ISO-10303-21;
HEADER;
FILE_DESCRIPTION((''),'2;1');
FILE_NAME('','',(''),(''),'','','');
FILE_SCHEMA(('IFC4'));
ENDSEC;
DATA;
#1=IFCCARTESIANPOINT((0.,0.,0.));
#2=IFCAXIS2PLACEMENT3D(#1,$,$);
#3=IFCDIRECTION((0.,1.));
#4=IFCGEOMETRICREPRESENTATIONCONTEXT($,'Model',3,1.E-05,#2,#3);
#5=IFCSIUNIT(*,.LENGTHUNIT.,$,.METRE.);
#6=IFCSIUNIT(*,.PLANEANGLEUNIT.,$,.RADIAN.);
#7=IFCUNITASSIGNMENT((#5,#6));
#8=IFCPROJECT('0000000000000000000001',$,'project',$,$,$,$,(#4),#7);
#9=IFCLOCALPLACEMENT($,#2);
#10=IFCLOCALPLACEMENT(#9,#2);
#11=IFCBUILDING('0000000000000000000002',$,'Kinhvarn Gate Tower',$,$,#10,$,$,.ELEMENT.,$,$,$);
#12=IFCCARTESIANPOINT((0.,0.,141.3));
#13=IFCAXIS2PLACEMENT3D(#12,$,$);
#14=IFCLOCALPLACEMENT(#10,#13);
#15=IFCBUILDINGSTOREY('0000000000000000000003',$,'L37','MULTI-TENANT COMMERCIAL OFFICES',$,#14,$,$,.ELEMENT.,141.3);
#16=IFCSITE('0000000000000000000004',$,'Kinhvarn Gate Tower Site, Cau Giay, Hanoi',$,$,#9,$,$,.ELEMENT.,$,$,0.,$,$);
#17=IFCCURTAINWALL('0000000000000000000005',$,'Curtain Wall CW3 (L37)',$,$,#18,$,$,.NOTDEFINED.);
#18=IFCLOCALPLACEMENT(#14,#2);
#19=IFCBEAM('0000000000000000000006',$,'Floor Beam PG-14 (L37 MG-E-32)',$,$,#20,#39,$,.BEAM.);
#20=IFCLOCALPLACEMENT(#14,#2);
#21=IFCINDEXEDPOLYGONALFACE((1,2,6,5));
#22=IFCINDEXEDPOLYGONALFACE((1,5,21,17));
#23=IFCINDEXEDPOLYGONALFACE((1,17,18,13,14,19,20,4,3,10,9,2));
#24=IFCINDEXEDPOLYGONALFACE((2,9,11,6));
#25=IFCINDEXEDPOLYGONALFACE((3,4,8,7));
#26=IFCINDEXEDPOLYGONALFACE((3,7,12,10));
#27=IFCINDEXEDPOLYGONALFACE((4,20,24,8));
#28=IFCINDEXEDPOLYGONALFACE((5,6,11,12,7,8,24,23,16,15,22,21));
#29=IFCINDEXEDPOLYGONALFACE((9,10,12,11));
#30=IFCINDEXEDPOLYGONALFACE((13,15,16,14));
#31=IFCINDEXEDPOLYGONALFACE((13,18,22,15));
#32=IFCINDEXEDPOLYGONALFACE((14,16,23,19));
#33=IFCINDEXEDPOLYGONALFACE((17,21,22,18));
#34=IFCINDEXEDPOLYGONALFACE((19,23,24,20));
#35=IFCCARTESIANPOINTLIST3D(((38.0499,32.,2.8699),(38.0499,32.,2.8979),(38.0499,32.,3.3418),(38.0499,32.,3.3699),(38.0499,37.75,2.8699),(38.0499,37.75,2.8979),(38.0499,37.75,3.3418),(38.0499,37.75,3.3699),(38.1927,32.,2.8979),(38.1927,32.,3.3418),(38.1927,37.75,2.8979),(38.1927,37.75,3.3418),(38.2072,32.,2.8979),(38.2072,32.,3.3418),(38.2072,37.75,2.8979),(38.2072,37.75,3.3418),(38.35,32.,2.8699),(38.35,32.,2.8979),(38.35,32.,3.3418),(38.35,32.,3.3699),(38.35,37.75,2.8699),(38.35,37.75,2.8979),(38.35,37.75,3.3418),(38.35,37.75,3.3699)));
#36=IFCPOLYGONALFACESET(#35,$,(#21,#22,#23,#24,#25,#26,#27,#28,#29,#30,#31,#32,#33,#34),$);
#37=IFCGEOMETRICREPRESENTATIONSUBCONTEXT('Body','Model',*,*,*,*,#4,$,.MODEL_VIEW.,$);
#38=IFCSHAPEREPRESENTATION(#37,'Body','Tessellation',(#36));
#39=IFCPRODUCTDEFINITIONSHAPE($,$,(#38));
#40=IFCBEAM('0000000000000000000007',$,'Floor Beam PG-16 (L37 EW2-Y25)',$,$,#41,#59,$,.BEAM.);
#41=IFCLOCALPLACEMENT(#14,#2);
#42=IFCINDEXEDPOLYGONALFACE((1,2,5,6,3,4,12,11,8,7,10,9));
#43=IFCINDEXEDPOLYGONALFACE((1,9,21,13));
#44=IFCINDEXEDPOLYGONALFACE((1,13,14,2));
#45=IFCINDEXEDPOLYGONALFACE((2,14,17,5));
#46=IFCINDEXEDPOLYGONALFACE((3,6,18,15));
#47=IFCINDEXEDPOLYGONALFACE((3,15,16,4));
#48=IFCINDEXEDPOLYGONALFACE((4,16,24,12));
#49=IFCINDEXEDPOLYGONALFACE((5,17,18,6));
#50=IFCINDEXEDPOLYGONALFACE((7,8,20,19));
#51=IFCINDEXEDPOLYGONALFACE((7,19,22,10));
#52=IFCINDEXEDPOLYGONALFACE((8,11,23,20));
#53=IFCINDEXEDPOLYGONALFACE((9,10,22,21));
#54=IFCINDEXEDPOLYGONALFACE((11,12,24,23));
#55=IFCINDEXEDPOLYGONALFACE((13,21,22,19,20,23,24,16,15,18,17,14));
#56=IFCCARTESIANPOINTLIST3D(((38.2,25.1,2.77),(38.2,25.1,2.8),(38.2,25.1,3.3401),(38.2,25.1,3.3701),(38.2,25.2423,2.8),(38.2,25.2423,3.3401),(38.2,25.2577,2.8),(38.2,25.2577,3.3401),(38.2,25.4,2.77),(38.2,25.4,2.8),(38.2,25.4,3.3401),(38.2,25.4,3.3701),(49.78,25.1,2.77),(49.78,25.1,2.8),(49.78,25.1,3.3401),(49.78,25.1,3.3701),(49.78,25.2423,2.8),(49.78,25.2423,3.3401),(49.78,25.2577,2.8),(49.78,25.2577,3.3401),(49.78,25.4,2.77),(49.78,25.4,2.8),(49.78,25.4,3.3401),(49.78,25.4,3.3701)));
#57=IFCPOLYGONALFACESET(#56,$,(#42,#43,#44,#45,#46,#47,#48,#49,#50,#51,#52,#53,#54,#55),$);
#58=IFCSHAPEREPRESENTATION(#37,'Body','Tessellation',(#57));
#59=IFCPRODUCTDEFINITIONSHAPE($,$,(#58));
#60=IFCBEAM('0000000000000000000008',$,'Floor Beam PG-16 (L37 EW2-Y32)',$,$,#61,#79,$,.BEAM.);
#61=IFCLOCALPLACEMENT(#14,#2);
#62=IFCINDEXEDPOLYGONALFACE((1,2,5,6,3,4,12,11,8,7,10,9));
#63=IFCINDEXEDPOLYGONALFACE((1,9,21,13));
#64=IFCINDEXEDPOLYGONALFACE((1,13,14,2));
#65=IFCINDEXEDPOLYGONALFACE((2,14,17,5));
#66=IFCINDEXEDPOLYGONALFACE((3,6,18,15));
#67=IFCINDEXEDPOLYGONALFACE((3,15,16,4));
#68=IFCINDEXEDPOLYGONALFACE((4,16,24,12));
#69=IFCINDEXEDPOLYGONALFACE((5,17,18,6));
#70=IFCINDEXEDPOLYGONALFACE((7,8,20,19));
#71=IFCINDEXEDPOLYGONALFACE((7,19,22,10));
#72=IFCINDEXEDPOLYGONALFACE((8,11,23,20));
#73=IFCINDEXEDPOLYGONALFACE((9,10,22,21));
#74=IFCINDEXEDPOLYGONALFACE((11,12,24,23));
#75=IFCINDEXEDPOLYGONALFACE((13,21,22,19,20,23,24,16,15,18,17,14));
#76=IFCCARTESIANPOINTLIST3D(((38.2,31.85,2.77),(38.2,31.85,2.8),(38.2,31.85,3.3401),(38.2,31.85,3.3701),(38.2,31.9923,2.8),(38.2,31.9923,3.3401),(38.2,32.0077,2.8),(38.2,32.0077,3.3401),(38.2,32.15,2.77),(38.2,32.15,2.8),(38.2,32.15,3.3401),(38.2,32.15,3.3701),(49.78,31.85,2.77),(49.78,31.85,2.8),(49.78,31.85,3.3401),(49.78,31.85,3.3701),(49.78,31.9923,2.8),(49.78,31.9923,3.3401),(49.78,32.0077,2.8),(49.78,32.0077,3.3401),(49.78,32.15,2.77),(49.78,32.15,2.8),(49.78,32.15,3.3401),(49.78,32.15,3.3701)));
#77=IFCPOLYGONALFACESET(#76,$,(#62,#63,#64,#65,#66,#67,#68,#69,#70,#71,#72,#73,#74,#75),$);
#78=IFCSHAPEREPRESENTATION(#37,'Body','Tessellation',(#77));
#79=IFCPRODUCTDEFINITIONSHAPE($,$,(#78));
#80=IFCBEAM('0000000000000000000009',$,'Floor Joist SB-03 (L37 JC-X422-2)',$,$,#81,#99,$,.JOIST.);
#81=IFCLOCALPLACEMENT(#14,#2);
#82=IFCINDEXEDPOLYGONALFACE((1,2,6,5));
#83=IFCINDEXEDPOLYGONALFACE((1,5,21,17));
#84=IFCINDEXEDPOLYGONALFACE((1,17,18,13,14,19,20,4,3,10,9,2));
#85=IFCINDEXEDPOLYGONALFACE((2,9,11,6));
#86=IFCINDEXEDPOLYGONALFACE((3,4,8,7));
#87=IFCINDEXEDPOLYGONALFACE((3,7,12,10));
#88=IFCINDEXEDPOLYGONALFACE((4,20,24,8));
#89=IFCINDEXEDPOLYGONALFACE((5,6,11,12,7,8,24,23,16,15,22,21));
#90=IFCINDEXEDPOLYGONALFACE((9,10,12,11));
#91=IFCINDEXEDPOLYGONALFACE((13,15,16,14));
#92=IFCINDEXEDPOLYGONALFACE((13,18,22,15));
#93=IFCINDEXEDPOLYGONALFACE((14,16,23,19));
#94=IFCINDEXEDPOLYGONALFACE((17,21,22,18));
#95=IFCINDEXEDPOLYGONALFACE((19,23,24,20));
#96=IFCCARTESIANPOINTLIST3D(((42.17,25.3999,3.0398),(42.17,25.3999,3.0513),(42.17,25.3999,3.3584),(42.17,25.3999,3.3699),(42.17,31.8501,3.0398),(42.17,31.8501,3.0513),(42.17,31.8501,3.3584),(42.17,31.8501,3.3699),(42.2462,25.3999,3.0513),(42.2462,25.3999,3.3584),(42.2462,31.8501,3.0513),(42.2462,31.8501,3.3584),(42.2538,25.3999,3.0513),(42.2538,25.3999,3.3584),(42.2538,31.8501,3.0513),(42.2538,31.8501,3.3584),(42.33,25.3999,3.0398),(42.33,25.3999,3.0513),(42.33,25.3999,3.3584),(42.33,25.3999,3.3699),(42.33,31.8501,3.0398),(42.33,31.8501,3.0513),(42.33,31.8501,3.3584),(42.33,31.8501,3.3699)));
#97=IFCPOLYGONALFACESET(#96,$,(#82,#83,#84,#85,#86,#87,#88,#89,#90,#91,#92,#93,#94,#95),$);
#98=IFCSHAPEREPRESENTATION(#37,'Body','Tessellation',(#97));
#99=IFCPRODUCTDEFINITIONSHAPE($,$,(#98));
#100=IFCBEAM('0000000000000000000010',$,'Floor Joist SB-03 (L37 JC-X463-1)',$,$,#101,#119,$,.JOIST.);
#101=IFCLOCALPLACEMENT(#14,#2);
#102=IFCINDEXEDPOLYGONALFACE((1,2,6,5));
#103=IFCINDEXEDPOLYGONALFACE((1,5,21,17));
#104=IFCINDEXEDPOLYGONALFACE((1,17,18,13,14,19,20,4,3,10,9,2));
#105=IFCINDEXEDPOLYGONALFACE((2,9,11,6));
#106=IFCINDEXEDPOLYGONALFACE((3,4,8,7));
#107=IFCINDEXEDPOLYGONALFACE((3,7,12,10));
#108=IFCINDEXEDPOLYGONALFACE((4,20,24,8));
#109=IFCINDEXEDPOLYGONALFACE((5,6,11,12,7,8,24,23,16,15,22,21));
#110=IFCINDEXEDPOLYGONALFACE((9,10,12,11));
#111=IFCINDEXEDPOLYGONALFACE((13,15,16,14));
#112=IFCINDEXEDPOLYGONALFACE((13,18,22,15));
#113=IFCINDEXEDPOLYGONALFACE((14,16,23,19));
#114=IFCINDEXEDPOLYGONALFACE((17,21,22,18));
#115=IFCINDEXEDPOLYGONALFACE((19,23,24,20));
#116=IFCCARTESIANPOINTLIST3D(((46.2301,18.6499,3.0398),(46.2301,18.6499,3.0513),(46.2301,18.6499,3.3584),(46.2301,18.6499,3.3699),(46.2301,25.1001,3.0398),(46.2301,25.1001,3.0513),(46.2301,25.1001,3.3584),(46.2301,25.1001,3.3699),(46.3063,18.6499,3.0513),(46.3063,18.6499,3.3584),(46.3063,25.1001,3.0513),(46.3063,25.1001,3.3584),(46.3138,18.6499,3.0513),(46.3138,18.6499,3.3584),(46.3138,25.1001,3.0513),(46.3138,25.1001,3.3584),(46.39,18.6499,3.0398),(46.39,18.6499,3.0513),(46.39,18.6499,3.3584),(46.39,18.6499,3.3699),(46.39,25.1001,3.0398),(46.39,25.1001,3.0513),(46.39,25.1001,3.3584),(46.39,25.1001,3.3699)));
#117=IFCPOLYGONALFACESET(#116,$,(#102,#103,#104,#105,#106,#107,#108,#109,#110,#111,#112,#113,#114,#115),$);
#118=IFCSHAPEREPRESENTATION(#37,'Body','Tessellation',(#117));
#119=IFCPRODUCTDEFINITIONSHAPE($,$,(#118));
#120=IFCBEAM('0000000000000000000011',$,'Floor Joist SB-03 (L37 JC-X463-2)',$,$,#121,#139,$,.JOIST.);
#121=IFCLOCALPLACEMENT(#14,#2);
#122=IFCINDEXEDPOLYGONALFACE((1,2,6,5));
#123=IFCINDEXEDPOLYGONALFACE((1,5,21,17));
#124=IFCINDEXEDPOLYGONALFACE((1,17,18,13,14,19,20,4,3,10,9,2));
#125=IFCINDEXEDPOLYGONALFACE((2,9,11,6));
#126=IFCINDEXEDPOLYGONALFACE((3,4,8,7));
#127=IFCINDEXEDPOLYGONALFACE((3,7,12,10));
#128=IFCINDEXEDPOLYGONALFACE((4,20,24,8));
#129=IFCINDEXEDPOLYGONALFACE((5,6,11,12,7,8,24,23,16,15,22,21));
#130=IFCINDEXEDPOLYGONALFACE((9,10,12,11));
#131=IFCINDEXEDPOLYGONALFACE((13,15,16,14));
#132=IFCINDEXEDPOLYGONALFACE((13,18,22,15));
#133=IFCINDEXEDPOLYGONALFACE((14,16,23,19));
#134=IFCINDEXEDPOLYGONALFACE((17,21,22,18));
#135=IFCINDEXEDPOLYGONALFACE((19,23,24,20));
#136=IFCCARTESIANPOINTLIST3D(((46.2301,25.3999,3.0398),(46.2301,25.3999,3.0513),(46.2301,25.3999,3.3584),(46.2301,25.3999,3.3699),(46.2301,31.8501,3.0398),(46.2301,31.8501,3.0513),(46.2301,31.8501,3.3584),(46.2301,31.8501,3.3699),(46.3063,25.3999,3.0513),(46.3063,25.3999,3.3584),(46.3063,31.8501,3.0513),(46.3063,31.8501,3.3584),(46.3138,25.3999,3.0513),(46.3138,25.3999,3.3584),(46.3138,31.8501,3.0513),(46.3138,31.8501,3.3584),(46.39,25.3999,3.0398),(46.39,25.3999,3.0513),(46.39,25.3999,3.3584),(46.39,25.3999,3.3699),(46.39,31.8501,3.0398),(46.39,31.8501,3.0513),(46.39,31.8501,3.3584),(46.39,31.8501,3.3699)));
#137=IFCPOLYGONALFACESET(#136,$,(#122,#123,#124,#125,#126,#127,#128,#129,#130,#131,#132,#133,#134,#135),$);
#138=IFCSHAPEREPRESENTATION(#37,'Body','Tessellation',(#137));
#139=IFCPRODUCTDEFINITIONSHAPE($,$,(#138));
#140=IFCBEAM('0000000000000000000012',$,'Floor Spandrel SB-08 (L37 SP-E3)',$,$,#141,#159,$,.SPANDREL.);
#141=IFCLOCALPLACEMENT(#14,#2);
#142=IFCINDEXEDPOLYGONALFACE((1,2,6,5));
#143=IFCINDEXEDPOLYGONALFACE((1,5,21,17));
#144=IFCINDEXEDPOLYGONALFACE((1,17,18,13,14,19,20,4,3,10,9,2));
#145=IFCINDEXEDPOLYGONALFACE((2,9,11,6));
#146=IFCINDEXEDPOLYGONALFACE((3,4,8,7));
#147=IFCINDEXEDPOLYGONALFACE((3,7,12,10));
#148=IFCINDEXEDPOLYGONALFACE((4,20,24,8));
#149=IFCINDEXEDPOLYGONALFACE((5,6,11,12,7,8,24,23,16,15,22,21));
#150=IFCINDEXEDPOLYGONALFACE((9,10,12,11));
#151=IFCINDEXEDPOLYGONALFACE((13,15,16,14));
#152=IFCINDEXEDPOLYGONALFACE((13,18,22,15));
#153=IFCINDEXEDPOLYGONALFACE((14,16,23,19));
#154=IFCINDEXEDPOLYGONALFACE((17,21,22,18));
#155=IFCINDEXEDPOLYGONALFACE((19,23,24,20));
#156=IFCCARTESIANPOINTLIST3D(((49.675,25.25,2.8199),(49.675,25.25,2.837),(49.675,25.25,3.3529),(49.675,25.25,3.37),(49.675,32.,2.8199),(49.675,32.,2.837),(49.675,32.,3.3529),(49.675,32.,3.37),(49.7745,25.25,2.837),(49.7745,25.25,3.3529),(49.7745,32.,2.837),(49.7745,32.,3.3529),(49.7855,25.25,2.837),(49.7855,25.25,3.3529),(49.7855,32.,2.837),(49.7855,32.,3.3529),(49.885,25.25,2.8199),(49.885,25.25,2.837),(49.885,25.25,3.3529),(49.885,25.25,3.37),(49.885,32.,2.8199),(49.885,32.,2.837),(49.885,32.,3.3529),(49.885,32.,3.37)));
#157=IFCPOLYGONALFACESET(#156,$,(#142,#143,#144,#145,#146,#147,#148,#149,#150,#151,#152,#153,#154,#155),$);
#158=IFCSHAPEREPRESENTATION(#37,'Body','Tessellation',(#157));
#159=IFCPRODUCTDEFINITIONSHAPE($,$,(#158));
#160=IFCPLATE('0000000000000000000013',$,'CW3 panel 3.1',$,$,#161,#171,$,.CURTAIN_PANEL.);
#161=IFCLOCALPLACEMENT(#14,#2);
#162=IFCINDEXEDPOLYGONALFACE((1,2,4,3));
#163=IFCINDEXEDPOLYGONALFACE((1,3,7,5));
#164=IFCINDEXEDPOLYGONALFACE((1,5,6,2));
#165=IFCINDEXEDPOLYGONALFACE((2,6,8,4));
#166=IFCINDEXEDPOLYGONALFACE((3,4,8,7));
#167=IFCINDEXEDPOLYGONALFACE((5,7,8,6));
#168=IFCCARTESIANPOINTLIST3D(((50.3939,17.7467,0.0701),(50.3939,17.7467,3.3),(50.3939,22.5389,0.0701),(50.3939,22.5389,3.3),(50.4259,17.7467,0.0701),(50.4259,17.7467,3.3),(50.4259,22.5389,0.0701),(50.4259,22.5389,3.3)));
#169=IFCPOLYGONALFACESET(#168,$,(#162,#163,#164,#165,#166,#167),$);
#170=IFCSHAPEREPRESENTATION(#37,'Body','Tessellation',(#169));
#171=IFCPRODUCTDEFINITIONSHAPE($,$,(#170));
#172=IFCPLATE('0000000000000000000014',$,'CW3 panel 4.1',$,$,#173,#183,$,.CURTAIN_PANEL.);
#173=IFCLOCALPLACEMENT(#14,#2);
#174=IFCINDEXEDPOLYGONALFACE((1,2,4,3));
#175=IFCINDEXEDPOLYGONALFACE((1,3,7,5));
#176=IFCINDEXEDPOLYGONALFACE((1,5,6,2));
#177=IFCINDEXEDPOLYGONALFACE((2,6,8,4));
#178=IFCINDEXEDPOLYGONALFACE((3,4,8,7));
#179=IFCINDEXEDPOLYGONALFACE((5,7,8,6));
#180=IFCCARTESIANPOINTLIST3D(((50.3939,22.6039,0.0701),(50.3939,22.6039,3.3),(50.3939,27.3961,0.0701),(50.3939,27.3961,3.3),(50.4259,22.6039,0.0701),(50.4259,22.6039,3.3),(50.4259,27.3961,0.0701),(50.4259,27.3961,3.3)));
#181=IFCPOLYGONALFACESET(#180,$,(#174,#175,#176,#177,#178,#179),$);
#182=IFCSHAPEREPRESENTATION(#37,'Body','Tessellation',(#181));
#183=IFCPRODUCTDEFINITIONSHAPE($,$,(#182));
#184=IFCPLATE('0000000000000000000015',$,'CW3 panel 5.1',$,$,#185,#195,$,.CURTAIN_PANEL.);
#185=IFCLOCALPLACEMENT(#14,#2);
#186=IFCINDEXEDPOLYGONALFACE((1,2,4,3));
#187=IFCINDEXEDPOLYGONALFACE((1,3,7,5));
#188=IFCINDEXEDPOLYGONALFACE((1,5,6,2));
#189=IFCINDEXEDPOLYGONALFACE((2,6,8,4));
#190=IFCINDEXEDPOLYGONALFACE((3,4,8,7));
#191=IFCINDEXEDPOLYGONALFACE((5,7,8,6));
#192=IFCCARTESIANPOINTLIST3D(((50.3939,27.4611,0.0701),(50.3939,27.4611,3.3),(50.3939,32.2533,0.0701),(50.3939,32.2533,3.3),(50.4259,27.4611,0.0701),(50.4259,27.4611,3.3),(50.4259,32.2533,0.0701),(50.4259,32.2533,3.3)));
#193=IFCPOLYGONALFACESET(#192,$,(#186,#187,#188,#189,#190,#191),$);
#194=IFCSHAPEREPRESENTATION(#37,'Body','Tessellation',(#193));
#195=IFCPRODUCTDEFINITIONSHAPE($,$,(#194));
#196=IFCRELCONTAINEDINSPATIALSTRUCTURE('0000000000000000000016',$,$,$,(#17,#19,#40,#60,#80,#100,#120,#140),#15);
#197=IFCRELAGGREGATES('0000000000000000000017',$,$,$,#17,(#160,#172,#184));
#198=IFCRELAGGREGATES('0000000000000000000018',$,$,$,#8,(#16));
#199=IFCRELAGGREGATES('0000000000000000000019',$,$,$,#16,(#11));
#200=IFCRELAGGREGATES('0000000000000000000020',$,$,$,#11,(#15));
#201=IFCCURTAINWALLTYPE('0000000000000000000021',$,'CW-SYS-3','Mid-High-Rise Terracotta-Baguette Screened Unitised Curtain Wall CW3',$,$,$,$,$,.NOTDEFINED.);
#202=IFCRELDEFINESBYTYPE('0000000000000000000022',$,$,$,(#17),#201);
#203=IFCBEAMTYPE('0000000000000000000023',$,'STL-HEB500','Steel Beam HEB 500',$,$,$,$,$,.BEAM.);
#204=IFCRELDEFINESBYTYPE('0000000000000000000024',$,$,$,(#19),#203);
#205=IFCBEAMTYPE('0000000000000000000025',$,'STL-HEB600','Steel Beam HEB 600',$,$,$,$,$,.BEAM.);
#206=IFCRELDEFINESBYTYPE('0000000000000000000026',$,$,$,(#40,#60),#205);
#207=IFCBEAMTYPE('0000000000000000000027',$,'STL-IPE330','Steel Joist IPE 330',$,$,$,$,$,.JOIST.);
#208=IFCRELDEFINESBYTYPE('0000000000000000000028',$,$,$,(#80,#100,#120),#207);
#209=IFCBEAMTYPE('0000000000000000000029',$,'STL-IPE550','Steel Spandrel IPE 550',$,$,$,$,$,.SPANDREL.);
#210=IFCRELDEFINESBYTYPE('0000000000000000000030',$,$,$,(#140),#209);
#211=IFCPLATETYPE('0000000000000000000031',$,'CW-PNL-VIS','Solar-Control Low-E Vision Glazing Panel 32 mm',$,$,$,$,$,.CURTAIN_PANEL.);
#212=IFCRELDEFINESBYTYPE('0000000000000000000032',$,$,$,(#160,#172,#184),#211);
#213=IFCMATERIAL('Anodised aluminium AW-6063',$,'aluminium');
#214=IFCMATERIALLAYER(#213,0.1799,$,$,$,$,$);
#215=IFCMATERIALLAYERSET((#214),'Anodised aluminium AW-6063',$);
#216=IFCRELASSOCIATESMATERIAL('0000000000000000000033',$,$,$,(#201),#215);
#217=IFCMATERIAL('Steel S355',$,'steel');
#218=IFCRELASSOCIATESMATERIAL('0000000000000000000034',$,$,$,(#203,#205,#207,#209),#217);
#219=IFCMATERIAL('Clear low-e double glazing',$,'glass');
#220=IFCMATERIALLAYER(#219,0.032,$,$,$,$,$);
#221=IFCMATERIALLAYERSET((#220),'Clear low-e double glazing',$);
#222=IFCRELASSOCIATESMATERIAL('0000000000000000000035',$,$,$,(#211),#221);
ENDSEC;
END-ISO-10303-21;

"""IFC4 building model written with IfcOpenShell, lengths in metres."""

from ifc_helpers import new_model, si_unit, direction, frame, origin, origin_2d, place, context, subcontext, project, spatial, rectangle, i_section, extrude, material, layer, layer_set, material_profile, profile_set, type_object, element, aggregate, save


model = new_model("IFC4")

# Units and contexts
model_context = context("Model", 3, precision=1e-05, world=origin(), true_north=direction((0.0, 1.0)))
body_context = subcontext(model_context, "Body", "Model", "MODEL_VIEW")
ifc_project = project(units=[si_unit("LENGTHUNIT", "METRE"), si_unit("PLANEANGLEUNIT", "RADIAN")], contexts=[model_context])

# Site, building, storey
site_placement = place(None, origin())
site = spatial("IfcSite", under=ifc_project, at=site_placement, Name="Kinhvarn Gate Tower Site, Cau Giay, Hanoi", CompositionType="ELEMENT", RefElevation=0.0)
building_placement = place(site_placement, origin())
building = spatial("IfcBuilding", under=site, at=building_placement, Name="Kinhvarn Gate Tower", CompositionType="ELEMENT")
storey_placement = place(building_placement, frame((0.0, 0.0, 141.3)))
storey = spatial("IfcBuildingStorey", under=building, at=storey_placement, Name="L37", Description="MULTI-TENANT COMMERCIAL OFFICES", CompositionType="ELEMENT", Elevation=141.3)

# Curtain wall
ifc_material_1 = material(Name="Anodised aluminium AW-6063", Category="aluminium")
ifc_layer_1 = layer(ifc_material_1, 0.1799)
ifc_layer_set_1 = layer_set([ifc_layer_1], Name="Anodised aluminium AW-6063")
curtain_wall_type = type_object("IfcCurtainWallType", Name="CW-SYS-3", Description="Mid-High-Rise Terracotta-Baguette Screened Unitised Curtain Wall CW3", PredefinedType="NOTDEFINED", material=ifc_layer_set_1)
curtain_wall_placement = place(storey_placement, origin())
curtain_wall = element("IfcCurtainWall", 1, at=curtain_wall_placement, inside=storey, type_object=curtain_wall_type, Name="Curtain Wall CW3 (L37)", PredefinedType="NOTDEFINED")

# Beams
ifc_material_2 = material(Name="Steel S355", Category="steel")
ifc_material_profile_1 = material_profile(ifc_material_2, i_section(OverallWidth=0.3, OverallDepth=0.5, WebThickness=0.0144, FlangeThickness=0.0281, at=origin_2d()), Name="HEB 500")
ifc_profile_set_1 = profile_set([ifc_material_profile_1], Name="Steel S355")
beam_type_1 = type_object("IfcBeamType", Name="STL-HEB500", Description="Steel Beam HEB 500", PredefinedType="BEAM", material=ifc_profile_set_1)
beam_1_placement = place(storey_placement, frame((38.2, 32.0, 3.1199), z_axis=(0.0, 1.0, 0.0), x_axis=(-1.0, 0.0, 0.0)))
element("IfcBeam", 2, at=beam_1_placement, inside=storey, type_object=beam_type_1, Name="Floor Beam PG-14 (L37 MG-E-32)", PredefinedType="BEAM", context=body_context, shape_type="SweptSolid", body=[
    extrude(i_section(OverallWidth=0.3, OverallDepth=0.5, WebThickness=0.0144, FlangeThickness=0.0281, at=origin_2d()), origin(), (0.0, 0.0, 1.0), 5.75),
])
ifc_material_profile_2 = material_profile(ifc_material_2, i_section(OverallWidth=0.3, OverallDepth=0.6001, WebThickness=0.0154, FlangeThickness=0.03, at=origin_2d()), Name="HEB 600")
ifc_profile_set_2 = profile_set([ifc_material_profile_2], Name="Steel S355")
beam_type_2 = type_object("IfcBeamType", Name="STL-HEB600", Description="Steel Beam HEB 600", PredefinedType="BEAM", material=ifc_profile_set_2)
for number, where, z_axis, x_axis, name in (
    (3, (38.2, 25.25, 3.0701), (1.0, 0.0, 0.0), (0.0, 1.0, 0.0), "Floor Beam PG-16 (L37 EW2-Y25)"),
    (4, (38.2, 32.0, 3.0701), (1.0, 0.0, 0.0), (0.0, 1.0, 0.0), "Floor Beam PG-16 (L37 EW2-Y32)"),
):
    element("IfcBeam", number, at=place(storey_placement, frame(where, z_axis=z_axis, x_axis=x_axis)), inside=storey, type_object=beam_type_2, Name=name, PredefinedType="BEAM", context=body_context, shape_type="SweptSolid", body=[
        extrude(i_section(OverallWidth=0.3, OverallDepth=0.6001, WebThickness=0.0154, FlangeThickness=0.03, at=origin_2d()), origin(), (0.0, 0.0, 1.0), 11.5801),
    ])
ifc_material_profile_3 = material_profile(ifc_material_2, i_section(OverallWidth=0.1599, OverallDepth=0.3301, WebThickness=0.0076, FlangeThickness=0.0115, at=origin_2d()), Name="IPE 330")
ifc_profile_set_3 = profile_set([ifc_material_profile_3], Name="Steel S355")
beam_type_3 = type_object("IfcBeamType", Name="STL-IPE330", Description="Steel Joist IPE 330", PredefinedType="JOIST", material=ifc_profile_set_3)
for number, where, z_axis, x_axis, name in (
    (5, (42.25, 25.3999, 3.2048), (0.0, 1.0, 0.0), (-1.0, 0.0, 0.0), "Floor Joist SB-03 (L37 JC-X422-2)"),
    (6, (46.3101, 18.6499, 3.2048), (0.0, 1.0, 0.0), (-1.0, 0.0, 0.0), "Floor Joist SB-03 (L37 JC-X463-1)"),
    (7, (46.3101, 25.3999, 3.2048), (0.0, 1.0, 0.0), (-1.0, 0.0, 0.0), "Floor Joist SB-03 (L37 JC-X463-2)"),
):
    element("IfcBeam", number, at=place(storey_placement, frame(where, z_axis=z_axis, x_axis=x_axis)), inside=storey, type_object=beam_type_3, Name=name, PredefinedType="JOIST", context=body_context, shape_type="SweptSolid", body=[
        extrude(i_section(OverallWidth=0.1599, OverallDepth=0.3301, WebThickness=0.0076, FlangeThickness=0.0115, at=origin_2d()), origin(), (0.0, 0.0, 1.0), 6.4502),
    ])
ifc_material_profile_4 = material_profile(ifc_material_2, i_section(OverallWidth=0.21, OverallDepth=0.55, WebThickness=0.011, FlangeThickness=0.0171, at=origin_2d()), Name="IPE 550")
ifc_profile_set_4 = profile_set([ifc_material_profile_4], Name="Steel S355")
beam_type_4 = type_object("IfcBeamType", Name="STL-IPE550", Description="Steel Spandrel IPE 550", PredefinedType="SPANDREL", material=ifc_profile_set_4)
beam_2_placement = place(storey_placement, frame((49.78, 25.25, 3.095), z_axis=(0.0, 1.0, 0.0), x_axis=(-1.0, 0.0, 0.0)))
element("IfcBeam", 8, at=beam_2_placement, inside=storey, type_object=beam_type_4, Name="Floor Spandrel SB-08 (L37 SP-E3)", PredefinedType="SPANDREL", context=body_context, shape_type="SweptSolid", body=[
    extrude(i_section(OverallWidth=0.21, OverallDepth=0.55, WebThickness=0.011, FlangeThickness=0.0171, at=origin_2d()), origin(), (0.0, 0.0, 1.0), 6.75),
])

# Plates
ifc_material_3 = material(Name="Clear low-e double glazing", Category="glass")
ifc_layer_2 = layer(ifc_material_3, 0.032)
ifc_layer_set_2 = layer_set([ifc_layer_2], Name="Clear low-e double glazing")
plate_type = type_object("IfcPlateType", Name="CW-PNL-VIS", Description="Solar-Control Low-E Vision Glazing Panel 32 mm", PredefinedType="CURTAIN_PANEL", material=ifc_layer_set_2)
plate_1_placement = place(storey_placement, frame((50.4099, 20.1428, 0.0701), z_axis=(0.0, 0.0, 1.0), x_axis=(0.0, 1.0, 0.0)))
plate_1 = element("IfcPlate", 9, at=plate_1_placement, type_object=plate_type, Name="CW3 panel 3.1", PredefinedType="CURTAIN_PANEL", context=body_context, shape_type="SweptSolid", body=[
    extrude(rectangle(XDim=4.7922, YDim=0.032, at=origin_2d()), origin(), (0.0, 0.0, 1.0), 3.23),
])
plate_2_placement = place(storey_placement, frame((50.4099, 25.0, 0.0701), z_axis=(0.0, 0.0, 1.0), x_axis=(0.0, 1.0, 0.0)))
plate_2 = element("IfcPlate", 10, at=plate_2_placement, type_object=plate_type, Name="CW3 panel 4.1", PredefinedType="CURTAIN_PANEL", context=body_context, shape_type="SweptSolid", body=[
    extrude(rectangle(XDim=4.7922, YDim=0.032, at=origin_2d()), origin(), (0.0, 0.0, 1.0), 3.23),
])
plate_3_placement = place(storey_placement, frame((50.4099, 29.8572, 0.0701), z_axis=(0.0, 0.0, 1.0), x_axis=(0.0, 1.0, 0.0)))
plate_3 = element("IfcPlate", 11, at=plate_3_placement, type_object=plate_type, Name="CW3 panel 5.1", PredefinedType="CURTAIN_PANEL", context=body_context, shape_type="SweptSolid", body=[
    extrude(rectangle(XDim=4.7922, YDim=0.032, at=origin_2d()), origin(), (0.0, 0.0, 1.0), 3.23),
])
aggregate(curtain_wall, [plate_1, plate_2, plate_3])

save(model, "model.ifc")
